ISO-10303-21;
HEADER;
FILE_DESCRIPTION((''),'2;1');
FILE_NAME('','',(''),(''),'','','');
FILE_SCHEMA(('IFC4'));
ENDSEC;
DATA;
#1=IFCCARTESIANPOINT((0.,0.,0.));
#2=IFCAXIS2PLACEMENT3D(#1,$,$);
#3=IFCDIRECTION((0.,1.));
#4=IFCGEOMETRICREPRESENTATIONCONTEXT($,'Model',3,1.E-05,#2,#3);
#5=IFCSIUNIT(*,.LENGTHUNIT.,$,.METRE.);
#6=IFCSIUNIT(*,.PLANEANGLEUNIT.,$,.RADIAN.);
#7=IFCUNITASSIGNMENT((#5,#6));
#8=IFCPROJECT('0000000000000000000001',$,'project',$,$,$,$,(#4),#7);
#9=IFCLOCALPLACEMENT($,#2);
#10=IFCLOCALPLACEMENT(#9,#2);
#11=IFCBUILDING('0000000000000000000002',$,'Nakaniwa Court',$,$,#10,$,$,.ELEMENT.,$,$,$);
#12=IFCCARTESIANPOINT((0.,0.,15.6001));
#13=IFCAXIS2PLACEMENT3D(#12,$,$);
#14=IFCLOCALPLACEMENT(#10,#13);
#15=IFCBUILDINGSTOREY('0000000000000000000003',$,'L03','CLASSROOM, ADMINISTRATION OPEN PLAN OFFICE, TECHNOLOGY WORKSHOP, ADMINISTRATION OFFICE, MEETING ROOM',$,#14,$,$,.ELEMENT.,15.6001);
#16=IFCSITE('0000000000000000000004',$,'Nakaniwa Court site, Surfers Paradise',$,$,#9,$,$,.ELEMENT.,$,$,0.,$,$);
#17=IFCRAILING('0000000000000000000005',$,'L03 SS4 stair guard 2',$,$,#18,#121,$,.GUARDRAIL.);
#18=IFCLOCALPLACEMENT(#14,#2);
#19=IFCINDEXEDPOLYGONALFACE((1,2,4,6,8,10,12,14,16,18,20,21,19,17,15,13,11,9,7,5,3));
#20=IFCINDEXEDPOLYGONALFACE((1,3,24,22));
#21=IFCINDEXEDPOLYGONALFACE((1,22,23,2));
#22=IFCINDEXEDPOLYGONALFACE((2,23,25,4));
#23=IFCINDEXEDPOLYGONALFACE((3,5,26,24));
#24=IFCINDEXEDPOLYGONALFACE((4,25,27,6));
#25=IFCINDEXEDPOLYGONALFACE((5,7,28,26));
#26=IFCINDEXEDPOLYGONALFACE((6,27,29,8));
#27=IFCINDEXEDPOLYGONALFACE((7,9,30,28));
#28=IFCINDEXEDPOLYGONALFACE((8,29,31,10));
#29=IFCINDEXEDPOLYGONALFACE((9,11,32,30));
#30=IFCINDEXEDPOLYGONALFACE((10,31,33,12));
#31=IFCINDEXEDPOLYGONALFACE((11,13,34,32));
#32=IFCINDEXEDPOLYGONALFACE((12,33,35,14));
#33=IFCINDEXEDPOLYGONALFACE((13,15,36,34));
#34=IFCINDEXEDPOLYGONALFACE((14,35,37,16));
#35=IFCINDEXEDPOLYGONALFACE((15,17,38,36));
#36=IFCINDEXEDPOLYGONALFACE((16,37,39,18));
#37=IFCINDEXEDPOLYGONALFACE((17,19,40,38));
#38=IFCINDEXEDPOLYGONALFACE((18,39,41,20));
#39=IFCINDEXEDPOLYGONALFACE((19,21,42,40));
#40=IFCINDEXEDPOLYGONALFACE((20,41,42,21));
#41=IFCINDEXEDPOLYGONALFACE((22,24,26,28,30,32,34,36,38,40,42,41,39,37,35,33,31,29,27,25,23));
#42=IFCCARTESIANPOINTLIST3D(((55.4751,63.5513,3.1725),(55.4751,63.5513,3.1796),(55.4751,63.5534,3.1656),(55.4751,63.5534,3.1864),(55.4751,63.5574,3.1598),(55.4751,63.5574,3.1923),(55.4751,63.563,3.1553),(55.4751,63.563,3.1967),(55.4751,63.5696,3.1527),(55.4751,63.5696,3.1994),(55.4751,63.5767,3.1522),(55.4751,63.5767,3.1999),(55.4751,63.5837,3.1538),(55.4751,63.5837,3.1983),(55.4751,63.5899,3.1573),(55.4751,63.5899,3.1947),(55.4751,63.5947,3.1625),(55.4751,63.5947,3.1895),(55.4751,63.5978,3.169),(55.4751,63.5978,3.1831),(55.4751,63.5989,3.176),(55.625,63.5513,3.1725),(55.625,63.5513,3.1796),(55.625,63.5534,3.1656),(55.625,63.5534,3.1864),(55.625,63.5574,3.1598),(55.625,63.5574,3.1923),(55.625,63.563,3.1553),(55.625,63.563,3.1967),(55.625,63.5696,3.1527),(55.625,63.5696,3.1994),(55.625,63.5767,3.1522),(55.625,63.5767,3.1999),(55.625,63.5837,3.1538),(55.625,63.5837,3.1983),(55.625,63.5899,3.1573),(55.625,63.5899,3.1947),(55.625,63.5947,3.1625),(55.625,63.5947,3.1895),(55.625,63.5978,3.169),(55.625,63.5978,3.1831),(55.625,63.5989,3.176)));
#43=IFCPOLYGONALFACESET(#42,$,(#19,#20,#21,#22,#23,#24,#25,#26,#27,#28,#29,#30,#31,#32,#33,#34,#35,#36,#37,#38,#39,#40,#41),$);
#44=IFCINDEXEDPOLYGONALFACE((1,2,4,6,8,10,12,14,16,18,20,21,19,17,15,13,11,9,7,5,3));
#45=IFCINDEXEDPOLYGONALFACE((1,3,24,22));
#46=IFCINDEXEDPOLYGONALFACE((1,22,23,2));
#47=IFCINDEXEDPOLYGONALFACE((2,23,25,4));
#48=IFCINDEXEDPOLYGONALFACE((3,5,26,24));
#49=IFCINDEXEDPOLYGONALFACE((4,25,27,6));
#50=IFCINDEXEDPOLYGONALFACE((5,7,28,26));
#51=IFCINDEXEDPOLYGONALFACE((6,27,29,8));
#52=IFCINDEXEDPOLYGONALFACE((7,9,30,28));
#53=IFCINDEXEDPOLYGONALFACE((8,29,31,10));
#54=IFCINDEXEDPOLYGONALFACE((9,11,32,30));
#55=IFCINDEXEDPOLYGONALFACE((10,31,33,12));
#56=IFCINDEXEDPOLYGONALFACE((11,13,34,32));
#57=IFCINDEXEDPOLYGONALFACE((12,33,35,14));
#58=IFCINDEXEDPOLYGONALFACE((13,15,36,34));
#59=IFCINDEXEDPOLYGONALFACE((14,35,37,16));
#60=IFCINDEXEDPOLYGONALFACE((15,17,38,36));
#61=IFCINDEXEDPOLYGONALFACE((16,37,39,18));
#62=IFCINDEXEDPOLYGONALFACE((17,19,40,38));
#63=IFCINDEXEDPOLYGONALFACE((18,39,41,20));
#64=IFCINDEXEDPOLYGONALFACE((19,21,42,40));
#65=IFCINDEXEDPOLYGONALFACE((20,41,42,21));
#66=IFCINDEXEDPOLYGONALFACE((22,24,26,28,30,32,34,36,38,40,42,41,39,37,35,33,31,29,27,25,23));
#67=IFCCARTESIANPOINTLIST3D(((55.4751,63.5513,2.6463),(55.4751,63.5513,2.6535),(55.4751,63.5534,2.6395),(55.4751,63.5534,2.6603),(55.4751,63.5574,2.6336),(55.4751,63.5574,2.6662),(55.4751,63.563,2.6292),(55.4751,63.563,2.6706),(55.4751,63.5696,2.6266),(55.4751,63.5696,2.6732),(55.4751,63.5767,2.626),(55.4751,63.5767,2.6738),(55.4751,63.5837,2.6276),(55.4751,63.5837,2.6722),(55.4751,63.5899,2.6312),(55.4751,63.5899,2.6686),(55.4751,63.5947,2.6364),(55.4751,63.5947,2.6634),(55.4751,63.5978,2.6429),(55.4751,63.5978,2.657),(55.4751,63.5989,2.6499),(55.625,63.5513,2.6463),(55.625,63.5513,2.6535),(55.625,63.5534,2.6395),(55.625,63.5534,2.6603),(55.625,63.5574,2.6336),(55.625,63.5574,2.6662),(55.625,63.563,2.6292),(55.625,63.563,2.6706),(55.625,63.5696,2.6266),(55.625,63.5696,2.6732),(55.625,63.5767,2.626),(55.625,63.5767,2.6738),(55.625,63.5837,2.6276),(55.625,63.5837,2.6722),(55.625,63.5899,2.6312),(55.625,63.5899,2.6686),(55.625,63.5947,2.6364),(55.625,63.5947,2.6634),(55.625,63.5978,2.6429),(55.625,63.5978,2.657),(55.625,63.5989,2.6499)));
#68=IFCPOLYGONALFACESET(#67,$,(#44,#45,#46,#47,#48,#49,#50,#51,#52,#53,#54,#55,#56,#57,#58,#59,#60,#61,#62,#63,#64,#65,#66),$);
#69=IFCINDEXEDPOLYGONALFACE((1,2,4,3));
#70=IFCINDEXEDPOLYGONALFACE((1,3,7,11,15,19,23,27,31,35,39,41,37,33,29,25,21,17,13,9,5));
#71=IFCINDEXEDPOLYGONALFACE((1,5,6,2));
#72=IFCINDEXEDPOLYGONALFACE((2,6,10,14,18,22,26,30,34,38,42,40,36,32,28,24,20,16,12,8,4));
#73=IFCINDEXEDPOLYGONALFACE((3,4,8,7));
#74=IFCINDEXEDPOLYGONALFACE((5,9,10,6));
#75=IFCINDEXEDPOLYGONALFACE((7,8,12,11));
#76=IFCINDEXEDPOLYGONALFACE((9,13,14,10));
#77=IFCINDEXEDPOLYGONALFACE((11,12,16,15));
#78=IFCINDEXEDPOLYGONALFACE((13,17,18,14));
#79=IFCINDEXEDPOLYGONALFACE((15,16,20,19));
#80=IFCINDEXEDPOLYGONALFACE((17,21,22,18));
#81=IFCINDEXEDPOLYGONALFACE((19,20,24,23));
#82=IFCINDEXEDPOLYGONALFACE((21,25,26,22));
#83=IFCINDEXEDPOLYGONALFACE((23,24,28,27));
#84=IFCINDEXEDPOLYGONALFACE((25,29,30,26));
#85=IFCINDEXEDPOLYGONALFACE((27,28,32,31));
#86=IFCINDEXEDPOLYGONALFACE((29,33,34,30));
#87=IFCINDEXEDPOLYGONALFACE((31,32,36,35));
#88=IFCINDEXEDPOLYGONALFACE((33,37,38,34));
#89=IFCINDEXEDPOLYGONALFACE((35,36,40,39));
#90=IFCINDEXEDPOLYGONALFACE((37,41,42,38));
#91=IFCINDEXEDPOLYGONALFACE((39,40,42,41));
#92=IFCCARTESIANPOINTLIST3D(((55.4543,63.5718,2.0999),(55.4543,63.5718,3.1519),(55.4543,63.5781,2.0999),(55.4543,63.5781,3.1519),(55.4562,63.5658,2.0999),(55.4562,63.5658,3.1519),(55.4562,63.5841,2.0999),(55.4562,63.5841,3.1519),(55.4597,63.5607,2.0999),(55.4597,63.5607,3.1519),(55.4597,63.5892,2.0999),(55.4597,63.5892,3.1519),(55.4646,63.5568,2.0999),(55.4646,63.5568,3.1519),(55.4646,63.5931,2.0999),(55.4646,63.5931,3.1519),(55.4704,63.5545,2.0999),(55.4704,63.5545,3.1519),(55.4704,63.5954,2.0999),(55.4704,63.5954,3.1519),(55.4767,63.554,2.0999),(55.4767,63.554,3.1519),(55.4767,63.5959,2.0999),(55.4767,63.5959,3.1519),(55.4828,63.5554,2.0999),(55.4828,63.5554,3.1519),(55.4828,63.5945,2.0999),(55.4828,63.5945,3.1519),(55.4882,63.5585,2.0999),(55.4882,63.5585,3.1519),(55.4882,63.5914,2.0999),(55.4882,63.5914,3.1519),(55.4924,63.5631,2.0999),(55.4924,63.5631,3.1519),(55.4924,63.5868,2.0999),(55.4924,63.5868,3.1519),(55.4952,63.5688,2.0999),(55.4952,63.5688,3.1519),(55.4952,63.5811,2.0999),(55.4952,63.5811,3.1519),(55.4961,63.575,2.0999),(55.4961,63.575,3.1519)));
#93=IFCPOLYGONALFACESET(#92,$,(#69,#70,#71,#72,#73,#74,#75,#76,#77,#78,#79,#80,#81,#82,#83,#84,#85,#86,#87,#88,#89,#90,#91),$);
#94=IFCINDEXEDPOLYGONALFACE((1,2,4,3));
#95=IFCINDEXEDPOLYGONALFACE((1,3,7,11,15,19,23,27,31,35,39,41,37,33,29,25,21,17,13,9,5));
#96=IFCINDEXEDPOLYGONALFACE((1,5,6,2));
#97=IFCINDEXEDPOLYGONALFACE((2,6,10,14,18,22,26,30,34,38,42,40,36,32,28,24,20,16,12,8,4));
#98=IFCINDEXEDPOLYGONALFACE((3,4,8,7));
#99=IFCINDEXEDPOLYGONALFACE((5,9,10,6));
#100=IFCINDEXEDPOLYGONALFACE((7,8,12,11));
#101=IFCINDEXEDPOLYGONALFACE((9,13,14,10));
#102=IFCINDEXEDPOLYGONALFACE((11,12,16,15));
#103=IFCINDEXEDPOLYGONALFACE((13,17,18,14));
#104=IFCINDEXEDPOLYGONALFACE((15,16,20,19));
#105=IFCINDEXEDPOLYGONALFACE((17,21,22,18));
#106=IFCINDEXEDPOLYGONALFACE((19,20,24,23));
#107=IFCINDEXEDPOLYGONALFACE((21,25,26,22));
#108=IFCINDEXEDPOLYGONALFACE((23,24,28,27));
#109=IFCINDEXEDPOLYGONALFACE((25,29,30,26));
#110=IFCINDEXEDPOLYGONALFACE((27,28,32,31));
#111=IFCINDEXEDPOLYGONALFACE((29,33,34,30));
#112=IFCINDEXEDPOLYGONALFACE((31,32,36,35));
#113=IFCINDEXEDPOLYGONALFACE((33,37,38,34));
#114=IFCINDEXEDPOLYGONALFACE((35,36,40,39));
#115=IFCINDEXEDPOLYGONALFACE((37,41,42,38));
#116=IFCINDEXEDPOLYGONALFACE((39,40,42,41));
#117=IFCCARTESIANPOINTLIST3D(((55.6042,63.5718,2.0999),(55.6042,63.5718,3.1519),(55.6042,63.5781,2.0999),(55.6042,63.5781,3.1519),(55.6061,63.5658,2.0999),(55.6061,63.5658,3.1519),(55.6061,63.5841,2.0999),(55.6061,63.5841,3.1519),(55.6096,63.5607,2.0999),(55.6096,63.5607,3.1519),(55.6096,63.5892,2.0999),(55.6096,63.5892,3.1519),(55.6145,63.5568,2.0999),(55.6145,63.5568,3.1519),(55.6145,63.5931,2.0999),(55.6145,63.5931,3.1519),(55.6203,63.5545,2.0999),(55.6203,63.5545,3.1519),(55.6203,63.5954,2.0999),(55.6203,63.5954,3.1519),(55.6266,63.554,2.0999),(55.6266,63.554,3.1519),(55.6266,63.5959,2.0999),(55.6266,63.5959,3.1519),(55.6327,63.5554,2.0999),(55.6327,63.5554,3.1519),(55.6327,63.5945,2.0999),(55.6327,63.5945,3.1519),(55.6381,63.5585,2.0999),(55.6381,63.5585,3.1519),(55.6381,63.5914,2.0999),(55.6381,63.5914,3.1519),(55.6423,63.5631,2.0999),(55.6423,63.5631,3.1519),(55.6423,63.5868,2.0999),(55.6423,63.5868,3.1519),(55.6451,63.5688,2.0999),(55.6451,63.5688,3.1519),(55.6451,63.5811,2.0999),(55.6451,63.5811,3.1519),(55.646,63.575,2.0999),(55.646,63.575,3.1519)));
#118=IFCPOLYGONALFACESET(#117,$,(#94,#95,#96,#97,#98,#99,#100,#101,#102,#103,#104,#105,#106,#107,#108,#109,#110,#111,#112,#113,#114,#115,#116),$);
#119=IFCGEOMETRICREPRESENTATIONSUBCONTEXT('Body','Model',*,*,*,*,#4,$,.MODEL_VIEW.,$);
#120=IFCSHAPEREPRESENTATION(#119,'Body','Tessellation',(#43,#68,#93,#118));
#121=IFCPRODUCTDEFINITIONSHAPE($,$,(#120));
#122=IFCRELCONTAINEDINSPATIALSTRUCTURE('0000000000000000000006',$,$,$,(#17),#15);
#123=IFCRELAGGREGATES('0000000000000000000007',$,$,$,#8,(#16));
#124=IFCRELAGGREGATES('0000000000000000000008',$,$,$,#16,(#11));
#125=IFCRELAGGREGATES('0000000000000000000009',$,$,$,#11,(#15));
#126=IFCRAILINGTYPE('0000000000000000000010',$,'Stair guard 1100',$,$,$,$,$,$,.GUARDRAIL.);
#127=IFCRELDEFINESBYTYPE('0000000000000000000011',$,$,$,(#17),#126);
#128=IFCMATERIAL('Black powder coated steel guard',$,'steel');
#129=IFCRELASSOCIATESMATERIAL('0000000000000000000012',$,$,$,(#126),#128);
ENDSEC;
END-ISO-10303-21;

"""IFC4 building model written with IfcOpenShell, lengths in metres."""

from ifc_helpers import new_model, si_unit, direction, frame, origin, origin_2d, place, context, subcontext, project, spatial, circle, extrude, material, type_object, element, save


model = new_model("IFC4")

# Units and contexts
model_context = context("Model", 3, precision=1e-05, world=origin(), true_north=direction((0.0, 1.0)))
body_context = subcontext(model_context, "Body", "Model", "MODEL_VIEW")
ifc_project = project(units=[si_unit("LENGTHUNIT", "METRE"), si_unit("PLANEANGLEUNIT", "RADIAN")], contexts=[model_context])

# Site, building, storey
site_placement = place(None, origin())
site = spatial("IfcSite", under=ifc_project, at=site_placement, Name="Nakaniwa Court site, Surfers Paradise", CompositionType="ELEMENT", RefElevation=0.0)
building_placement = place(site_placement, origin())
building = spatial("IfcBuilding", under=site, at=building_placement, Name="Nakaniwa Court", CompositionType="ELEMENT")
storey_placement = place(building_placement, frame((0.0, 0.0, 15.6001)))
storey = spatial("IfcBuildingStorey", under=building, at=storey_placement, Name="L03", Description="CLASSROOM, ADMINISTRATION OPEN PLAN OFFICE, TECHNOLOGY WORKSHOP, ADMINISTRATION OFFICE, MEETING ROOM", CompositionType="ELEMENT", Elevation=15.6001)

# Railing
ifc_material_1 = material(Name="Black powder coated steel guard", Category="steel")
railing_type_1 = type_object("IfcRailingType", Name="Stair guard 1100", PredefinedType="GUARDRAIL", material=ifc_material_1)
railing_1_placement = place(storey_placement, frame((55.4751, 63.575, 2.0999)))
element("IfcRailing", 1, at=railing_1_placement, inside=storey, type_object=railing_type_1, Name="L03 SS4 stair guard 2", PredefinedType="GUARDRAIL", context=body_context, shape_type="SweptSolid", body=[
    extrude(circle(Radius=0.0239, at=origin_2d()), frame((0.0, 0.0, 1.0762), z_axis=(1.0, 0.0, 0.0), x_axis=(0.0, 1.0, 0.0)), (0.0, 0.0, 1.0), 0.1499),
    extrude(circle(Radius=0.0239, at=origin_2d()), frame((0.0, 0.0, 0.55), z_axis=(1.0, 0.0, 0.0), x_axis=(0.0, 1.0, 0.0)), (0.0, 0.0, 1.0), 0.1499),
    extrude(circle(Radius=0.021, at=origin_2d()), origin(), (0.0, 0.0, 1.0), 1.052),
    extrude(circle(Radius=0.021, at=origin_2d()), frame((0.1499, 0.0, 0.0)), (0.0, 0.0, 1.0), 1.052),
])

save(model, "model.ifc")
